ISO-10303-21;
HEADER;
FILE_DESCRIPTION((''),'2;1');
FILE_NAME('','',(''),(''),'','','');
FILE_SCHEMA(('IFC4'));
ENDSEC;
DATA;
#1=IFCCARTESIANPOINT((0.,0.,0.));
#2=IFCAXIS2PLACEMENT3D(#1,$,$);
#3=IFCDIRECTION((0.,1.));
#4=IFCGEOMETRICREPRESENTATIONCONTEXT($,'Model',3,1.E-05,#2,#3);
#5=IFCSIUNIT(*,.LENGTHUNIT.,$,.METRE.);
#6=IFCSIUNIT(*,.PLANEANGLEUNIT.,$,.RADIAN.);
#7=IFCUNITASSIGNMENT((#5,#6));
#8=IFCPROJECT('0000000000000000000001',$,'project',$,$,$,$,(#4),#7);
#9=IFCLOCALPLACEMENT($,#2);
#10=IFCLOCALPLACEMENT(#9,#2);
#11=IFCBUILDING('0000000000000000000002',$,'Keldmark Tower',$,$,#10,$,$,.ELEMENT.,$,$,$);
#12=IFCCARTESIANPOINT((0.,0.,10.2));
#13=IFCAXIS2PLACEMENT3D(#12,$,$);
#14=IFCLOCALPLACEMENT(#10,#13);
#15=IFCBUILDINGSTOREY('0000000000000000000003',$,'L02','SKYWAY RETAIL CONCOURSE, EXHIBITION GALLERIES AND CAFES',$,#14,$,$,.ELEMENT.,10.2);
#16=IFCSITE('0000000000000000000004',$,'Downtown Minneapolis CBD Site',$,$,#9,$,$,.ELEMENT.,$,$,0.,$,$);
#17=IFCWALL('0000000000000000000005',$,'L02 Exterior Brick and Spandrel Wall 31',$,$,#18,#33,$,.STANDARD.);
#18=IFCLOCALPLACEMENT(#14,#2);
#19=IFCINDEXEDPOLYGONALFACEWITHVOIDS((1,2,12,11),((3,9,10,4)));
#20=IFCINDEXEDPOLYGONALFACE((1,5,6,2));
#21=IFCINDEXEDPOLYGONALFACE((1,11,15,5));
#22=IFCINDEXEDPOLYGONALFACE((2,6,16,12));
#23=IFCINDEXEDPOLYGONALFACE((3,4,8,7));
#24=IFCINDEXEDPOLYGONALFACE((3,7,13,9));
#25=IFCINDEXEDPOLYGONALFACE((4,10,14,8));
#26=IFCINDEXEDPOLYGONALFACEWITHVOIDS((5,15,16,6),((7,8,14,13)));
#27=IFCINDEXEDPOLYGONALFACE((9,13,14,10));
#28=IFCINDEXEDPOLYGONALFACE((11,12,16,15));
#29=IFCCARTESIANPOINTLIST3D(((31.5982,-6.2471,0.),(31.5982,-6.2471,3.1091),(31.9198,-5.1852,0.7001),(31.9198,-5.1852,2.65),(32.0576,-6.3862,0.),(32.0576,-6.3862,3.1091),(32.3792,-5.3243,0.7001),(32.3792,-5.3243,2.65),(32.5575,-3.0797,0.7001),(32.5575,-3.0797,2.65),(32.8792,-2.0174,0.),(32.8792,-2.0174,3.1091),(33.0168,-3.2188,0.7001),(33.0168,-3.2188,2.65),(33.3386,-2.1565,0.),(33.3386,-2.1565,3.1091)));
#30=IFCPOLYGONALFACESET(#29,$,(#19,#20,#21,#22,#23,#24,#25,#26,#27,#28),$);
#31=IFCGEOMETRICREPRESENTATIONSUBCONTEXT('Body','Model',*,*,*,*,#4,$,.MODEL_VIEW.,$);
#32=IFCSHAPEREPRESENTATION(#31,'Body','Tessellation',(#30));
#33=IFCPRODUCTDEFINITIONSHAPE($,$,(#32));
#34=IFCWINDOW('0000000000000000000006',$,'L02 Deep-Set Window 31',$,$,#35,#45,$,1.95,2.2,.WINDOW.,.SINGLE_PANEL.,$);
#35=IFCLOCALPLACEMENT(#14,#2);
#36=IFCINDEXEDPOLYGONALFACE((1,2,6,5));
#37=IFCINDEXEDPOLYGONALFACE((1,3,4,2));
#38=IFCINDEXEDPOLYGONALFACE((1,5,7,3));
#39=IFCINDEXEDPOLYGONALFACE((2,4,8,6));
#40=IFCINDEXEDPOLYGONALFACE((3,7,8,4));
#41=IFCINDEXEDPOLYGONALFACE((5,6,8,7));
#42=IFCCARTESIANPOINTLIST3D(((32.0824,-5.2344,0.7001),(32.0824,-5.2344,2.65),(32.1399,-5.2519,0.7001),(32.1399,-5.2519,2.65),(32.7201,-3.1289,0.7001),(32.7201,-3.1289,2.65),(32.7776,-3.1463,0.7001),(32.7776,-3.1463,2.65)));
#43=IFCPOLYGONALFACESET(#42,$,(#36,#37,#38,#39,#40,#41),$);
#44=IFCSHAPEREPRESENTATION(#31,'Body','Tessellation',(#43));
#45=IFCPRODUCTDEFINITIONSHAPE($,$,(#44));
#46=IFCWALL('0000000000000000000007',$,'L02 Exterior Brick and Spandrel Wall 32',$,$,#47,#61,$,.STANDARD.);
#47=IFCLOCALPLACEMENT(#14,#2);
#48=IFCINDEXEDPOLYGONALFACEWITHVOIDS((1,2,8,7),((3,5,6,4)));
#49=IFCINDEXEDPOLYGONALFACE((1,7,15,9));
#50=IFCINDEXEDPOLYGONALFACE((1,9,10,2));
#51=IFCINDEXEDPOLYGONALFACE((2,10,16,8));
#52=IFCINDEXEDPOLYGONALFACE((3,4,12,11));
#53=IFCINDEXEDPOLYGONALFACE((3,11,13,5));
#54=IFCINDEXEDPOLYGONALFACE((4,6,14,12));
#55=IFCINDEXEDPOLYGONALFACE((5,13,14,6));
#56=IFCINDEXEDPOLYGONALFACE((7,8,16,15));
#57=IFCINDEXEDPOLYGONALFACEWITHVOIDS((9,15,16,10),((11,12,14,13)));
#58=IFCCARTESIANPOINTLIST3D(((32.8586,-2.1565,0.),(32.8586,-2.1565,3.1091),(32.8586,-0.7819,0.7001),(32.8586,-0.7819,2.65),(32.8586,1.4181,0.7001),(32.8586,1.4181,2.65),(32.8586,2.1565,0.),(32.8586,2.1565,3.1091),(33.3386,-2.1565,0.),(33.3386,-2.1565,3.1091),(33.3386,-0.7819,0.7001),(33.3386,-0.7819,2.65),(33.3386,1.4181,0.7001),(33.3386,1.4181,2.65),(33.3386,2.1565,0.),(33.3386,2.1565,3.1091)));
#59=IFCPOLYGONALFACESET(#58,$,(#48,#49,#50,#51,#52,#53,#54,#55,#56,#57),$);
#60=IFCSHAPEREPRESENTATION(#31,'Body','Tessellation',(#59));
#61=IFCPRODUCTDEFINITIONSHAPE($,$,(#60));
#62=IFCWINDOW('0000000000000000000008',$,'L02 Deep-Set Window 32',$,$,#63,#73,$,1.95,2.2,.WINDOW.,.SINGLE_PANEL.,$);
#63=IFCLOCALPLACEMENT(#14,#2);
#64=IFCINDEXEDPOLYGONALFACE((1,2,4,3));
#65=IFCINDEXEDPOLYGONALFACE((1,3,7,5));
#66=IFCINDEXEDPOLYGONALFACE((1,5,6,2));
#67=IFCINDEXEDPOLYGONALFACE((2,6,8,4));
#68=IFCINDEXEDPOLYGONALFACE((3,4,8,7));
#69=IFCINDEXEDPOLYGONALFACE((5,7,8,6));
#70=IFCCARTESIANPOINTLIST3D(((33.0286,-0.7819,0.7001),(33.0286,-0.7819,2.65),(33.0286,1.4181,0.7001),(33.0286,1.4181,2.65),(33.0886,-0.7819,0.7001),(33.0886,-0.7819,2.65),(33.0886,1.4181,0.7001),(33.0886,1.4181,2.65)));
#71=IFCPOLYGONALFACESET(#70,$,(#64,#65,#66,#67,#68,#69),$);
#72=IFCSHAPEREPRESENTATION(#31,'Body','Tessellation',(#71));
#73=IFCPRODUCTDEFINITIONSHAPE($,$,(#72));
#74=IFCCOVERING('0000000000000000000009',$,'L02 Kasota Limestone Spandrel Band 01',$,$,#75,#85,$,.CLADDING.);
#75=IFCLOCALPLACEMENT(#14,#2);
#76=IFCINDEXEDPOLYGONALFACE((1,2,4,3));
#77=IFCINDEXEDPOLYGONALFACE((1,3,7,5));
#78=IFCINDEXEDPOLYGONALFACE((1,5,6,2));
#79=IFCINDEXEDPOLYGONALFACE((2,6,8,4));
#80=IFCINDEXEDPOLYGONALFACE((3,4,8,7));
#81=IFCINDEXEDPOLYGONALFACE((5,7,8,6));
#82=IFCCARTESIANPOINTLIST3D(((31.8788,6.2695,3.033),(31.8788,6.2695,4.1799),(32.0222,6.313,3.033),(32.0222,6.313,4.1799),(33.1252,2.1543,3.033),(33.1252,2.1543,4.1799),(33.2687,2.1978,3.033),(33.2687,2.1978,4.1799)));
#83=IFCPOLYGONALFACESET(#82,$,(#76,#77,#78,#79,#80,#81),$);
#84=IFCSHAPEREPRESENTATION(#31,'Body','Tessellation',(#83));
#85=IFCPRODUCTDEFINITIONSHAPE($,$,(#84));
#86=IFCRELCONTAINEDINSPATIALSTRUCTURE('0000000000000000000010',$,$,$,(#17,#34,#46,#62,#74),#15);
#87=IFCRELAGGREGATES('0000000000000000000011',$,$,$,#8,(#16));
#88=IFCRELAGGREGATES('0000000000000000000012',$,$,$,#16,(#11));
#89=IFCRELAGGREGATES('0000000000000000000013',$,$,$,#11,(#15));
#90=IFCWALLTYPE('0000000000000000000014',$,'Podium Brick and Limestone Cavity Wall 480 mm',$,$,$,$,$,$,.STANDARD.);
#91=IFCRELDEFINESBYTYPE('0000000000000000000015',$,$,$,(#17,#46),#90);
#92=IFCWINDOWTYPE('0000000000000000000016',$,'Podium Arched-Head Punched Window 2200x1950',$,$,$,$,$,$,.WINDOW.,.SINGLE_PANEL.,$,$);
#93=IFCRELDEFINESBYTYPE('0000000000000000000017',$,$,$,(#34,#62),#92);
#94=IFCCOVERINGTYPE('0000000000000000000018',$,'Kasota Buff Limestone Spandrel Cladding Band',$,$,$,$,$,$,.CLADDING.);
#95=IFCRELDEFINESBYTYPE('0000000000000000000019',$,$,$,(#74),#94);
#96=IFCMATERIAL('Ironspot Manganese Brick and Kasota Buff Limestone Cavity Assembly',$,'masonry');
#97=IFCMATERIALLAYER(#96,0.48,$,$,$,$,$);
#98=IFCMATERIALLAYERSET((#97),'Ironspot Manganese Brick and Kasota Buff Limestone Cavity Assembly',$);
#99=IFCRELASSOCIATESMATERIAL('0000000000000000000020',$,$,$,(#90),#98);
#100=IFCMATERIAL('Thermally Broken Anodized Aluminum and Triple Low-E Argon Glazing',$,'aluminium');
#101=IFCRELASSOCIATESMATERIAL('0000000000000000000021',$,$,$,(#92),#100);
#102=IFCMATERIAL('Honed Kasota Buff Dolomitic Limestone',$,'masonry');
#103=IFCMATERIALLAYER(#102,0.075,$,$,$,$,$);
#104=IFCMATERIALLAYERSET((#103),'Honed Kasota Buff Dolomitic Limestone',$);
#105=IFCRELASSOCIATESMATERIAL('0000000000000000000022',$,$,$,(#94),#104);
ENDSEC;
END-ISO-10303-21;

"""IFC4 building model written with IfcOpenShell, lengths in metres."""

from ifc_helpers import new_model, si_unit, direction, frame, frame_2d, origin, origin_2d, place, context, subcontext, project, spatial, rectangle, extrude, material, layer, layer_set, type_object, element, fill, save


model = new_model("IFC4")

# Units and contexts
model_context = context("Model", 3, precision=1e-05, world=origin(), true_north=direction((0.0, 1.0)))
body_context = subcontext(model_context, "Body", "Model", "MODEL_VIEW")
ifc_project = project(units=[si_unit("LENGTHUNIT", "METRE"), si_unit("PLANEANGLEUNIT", "RADIAN")], contexts=[model_context])

# Site, building, storey
site_placement = place(None, origin())
site = spatial("IfcSite", under=ifc_project, at=site_placement, Name="Downtown Minneapolis CBD Site", CompositionType="ELEMENT", RefElevation=0.0)
building_placement = place(site_placement, origin())
building = spatial("IfcBuilding", under=site, at=building_placement, Name="Keldmark Tower", CompositionType="ELEMENT")
storey_placement = place(building_placement, frame((0.0, 0.0, 10.2)))
storey = spatial("IfcBuildingStorey", under=building, at=storey_placement, Name="L02", Description="SKYWAY RETAIL CONCOURSE, EXHIBITION GALLERIES AND CAFES", CompositionType="ELEMENT", Elevation=10.2)

# Walls, openings, windows
ifc_material_1 = material(Name="Ironspot Manganese Brick and Kasota Buff Limestone Cavity Assembly", Category="masonry")
ifc_layer_1 = layer(ifc_material_1, 0.48)
ifc_layer_set_1 = layer_set([ifc_layer_1], Name="Ironspot Manganese Brick and Kasota Buff Limestone Cavity Assembly")
wall_type_1 = type_object("IfcWallType", Name="Podium Brick and Limestone Cavity Wall 480 mm", PredefinedType="STANDARD", material=ifc_layer_set_1)
wall_1_placement = place(storey_placement, frame((33.1089, -2.0869, 0.0), z_axis=(0.0, 0.0, 1.0), x_axis=(-0.289856, -0.95707, 0.0)))
wall_1 = element("IfcWall", 1, at=wall_1_placement, inside=storey, type_object=wall_type_1, Name="L02 Exterior Brick and Spandrel Wall 31", PredefinedType="STANDARD", context=body_context, shape_type="SweptSolid", body=[
    extrude(rectangle(XDim=4.4194, YDim=0.48, at=frame_2d((2.2097, 0.0))), origin(), (0.0, 0.0, 1.0), 3.1091),
])
opening_1_placement = place(wall_1_placement, frame((1.1099, 0.0, 0.7)))
opening_1 = element("IfcOpeningElement", 2, at=opening_1_placement, cuts=wall_1, PredefinedType="OPENING", context=body_context, shape_type="SweptSolid", body=[
    extrude(rectangle(XDim=2.2, YDim=1.95, at=frame_2d((1.1001, 0.9751))), frame((0.0, 0.25, 0.0), z_axis=(0.0, -1.0, 0.0), x_axis=(1.0, 0.0, 0.0)), (0.0, 0.0, 1.0), 0.5),
])
ifc_material_2 = material(Name="Thermally Broken Anodized Aluminum and Triple Low-E Argon Glazing", Category="aluminium")
window_type = type_object("IfcWindowType", Name="Podium Arched-Head Punched Window 2200x1950", PartitioningType="SINGLE_PANEL", PredefinedType="WINDOW", material=ifc_material_2)
window_1_placement = place(opening_1_placement, origin())
window_1 = element("IfcWindow", 3, at=window_1_placement, inside=storey, type_object=window_type, Name="L02 Deep-Set Window 31", OverallHeight=1.95, OverallWidth=2.2, PartitioningType="SINGLE_PANEL", PredefinedType="WINDOW", context=body_context, shape_type="SweptSolid", body=[
    extrude(rectangle(XDim=2.2, YDim=1.95, at=frame_2d((1.1001, 0.9751))), frame((0.0, -0.01, 0.0), z_axis=(0.0, -1.0, 0.0), x_axis=(1.0, 0.0, 0.0)), (0.0, 0.0, 1.0), 0.0601),
])
fill(opening_1, window_1)
wall_2_placement = place(storey_placement, frame((33.0986, 2.1565, 0.0), z_axis=(0.0, 0.0, 1.0), x_axis=(0.0, -1.0, 0.0)))
wall_2 = element("IfcWall", 4, at=wall_2_placement, inside=storey, type_object=wall_type_1, Name="L02 Exterior Brick and Spandrel Wall 32", PredefinedType="STANDARD", context=body_context, shape_type="SweptSolid", body=[
    extrude(rectangle(XDim=4.313, YDim=0.48, at=frame_2d((2.1565, 0.0))), origin(), (0.0, 0.0, 1.0), 3.1091),
])
opening_2_placement = place(wall_2_placement, frame((0.7383, 0.0, 0.7)))
opening_2 = element("IfcOpeningElement", 5, at=opening_2_placement, cuts=wall_2, PredefinedType="OPENING", context=body_context, shape_type="SweptSolid", body=[
    extrude(rectangle(XDim=2.2, YDim=1.95, at=frame_2d((1.1001, 0.9751))), frame((0.0, 0.25, 0.0), z_axis=(0.0, -1.0, 0.0), x_axis=(1.0, 0.0, 0.0)), (0.0, 0.0, 1.0), 0.5),
])
window_2_placement = place(opening_2_placement, origin())
window_2 = element("IfcWindow", 6, at=window_2_placement, inside=storey, type_object=window_type, Name="L02 Deep-Set Window 32", OverallHeight=1.95, OverallWidth=2.2, PartitioningType="SINGLE_PANEL", PredefinedType="WINDOW", context=body_context, shape_type="SweptSolid", body=[
    extrude(rectangle(XDim=2.2, YDim=1.95, at=frame_2d((1.1001, 0.9751))), frame((0.0, -0.01, 0.0), z_axis=(0.0, -1.0, 0.0), x_axis=(1.0, 0.0, 0.0)), (0.0, 0.0, 1.0), 0.0601),
])
fill(opening_2, window_2)

# Covering
ifc_material_3 = material(Name="Honed Kasota Buff Dolomitic Limestone", Category="masonry")
ifc_layer_2 = layer(ifc_material_3, 0.075)
ifc_layer_set_2 = layer_set([ifc_layer_2], Name="Honed Kasota Buff Dolomitic Limestone")
covering_type = type_object("IfcCoveringType", Name="Kasota Buff Limestone Spandrel Cladding Band", PredefinedType="CLADDING", material=ifc_layer_set_2)
covering_placement = place(storey_placement, frame((32.5737, 4.2336, 3.033), z_axis=(0.0, 0.0, 1.0), x_axis=(-0.289884, 0.957062, 0.0)))
element("IfcCovering", 7, at=covering_placement, inside=storey, type_object=covering_type, Name="L02 Kasota Limestone Spandrel Band 01", PredefinedType="CLADDING", context=body_context, shape_type="SweptSolid", body=[
    extrude(rectangle(XDim=4.2998, YDim=0.1499, at=origin_2d()), origin(), (0.0, 0.0, 1.0), 1.147),
])

save(model, "model.ifc")
